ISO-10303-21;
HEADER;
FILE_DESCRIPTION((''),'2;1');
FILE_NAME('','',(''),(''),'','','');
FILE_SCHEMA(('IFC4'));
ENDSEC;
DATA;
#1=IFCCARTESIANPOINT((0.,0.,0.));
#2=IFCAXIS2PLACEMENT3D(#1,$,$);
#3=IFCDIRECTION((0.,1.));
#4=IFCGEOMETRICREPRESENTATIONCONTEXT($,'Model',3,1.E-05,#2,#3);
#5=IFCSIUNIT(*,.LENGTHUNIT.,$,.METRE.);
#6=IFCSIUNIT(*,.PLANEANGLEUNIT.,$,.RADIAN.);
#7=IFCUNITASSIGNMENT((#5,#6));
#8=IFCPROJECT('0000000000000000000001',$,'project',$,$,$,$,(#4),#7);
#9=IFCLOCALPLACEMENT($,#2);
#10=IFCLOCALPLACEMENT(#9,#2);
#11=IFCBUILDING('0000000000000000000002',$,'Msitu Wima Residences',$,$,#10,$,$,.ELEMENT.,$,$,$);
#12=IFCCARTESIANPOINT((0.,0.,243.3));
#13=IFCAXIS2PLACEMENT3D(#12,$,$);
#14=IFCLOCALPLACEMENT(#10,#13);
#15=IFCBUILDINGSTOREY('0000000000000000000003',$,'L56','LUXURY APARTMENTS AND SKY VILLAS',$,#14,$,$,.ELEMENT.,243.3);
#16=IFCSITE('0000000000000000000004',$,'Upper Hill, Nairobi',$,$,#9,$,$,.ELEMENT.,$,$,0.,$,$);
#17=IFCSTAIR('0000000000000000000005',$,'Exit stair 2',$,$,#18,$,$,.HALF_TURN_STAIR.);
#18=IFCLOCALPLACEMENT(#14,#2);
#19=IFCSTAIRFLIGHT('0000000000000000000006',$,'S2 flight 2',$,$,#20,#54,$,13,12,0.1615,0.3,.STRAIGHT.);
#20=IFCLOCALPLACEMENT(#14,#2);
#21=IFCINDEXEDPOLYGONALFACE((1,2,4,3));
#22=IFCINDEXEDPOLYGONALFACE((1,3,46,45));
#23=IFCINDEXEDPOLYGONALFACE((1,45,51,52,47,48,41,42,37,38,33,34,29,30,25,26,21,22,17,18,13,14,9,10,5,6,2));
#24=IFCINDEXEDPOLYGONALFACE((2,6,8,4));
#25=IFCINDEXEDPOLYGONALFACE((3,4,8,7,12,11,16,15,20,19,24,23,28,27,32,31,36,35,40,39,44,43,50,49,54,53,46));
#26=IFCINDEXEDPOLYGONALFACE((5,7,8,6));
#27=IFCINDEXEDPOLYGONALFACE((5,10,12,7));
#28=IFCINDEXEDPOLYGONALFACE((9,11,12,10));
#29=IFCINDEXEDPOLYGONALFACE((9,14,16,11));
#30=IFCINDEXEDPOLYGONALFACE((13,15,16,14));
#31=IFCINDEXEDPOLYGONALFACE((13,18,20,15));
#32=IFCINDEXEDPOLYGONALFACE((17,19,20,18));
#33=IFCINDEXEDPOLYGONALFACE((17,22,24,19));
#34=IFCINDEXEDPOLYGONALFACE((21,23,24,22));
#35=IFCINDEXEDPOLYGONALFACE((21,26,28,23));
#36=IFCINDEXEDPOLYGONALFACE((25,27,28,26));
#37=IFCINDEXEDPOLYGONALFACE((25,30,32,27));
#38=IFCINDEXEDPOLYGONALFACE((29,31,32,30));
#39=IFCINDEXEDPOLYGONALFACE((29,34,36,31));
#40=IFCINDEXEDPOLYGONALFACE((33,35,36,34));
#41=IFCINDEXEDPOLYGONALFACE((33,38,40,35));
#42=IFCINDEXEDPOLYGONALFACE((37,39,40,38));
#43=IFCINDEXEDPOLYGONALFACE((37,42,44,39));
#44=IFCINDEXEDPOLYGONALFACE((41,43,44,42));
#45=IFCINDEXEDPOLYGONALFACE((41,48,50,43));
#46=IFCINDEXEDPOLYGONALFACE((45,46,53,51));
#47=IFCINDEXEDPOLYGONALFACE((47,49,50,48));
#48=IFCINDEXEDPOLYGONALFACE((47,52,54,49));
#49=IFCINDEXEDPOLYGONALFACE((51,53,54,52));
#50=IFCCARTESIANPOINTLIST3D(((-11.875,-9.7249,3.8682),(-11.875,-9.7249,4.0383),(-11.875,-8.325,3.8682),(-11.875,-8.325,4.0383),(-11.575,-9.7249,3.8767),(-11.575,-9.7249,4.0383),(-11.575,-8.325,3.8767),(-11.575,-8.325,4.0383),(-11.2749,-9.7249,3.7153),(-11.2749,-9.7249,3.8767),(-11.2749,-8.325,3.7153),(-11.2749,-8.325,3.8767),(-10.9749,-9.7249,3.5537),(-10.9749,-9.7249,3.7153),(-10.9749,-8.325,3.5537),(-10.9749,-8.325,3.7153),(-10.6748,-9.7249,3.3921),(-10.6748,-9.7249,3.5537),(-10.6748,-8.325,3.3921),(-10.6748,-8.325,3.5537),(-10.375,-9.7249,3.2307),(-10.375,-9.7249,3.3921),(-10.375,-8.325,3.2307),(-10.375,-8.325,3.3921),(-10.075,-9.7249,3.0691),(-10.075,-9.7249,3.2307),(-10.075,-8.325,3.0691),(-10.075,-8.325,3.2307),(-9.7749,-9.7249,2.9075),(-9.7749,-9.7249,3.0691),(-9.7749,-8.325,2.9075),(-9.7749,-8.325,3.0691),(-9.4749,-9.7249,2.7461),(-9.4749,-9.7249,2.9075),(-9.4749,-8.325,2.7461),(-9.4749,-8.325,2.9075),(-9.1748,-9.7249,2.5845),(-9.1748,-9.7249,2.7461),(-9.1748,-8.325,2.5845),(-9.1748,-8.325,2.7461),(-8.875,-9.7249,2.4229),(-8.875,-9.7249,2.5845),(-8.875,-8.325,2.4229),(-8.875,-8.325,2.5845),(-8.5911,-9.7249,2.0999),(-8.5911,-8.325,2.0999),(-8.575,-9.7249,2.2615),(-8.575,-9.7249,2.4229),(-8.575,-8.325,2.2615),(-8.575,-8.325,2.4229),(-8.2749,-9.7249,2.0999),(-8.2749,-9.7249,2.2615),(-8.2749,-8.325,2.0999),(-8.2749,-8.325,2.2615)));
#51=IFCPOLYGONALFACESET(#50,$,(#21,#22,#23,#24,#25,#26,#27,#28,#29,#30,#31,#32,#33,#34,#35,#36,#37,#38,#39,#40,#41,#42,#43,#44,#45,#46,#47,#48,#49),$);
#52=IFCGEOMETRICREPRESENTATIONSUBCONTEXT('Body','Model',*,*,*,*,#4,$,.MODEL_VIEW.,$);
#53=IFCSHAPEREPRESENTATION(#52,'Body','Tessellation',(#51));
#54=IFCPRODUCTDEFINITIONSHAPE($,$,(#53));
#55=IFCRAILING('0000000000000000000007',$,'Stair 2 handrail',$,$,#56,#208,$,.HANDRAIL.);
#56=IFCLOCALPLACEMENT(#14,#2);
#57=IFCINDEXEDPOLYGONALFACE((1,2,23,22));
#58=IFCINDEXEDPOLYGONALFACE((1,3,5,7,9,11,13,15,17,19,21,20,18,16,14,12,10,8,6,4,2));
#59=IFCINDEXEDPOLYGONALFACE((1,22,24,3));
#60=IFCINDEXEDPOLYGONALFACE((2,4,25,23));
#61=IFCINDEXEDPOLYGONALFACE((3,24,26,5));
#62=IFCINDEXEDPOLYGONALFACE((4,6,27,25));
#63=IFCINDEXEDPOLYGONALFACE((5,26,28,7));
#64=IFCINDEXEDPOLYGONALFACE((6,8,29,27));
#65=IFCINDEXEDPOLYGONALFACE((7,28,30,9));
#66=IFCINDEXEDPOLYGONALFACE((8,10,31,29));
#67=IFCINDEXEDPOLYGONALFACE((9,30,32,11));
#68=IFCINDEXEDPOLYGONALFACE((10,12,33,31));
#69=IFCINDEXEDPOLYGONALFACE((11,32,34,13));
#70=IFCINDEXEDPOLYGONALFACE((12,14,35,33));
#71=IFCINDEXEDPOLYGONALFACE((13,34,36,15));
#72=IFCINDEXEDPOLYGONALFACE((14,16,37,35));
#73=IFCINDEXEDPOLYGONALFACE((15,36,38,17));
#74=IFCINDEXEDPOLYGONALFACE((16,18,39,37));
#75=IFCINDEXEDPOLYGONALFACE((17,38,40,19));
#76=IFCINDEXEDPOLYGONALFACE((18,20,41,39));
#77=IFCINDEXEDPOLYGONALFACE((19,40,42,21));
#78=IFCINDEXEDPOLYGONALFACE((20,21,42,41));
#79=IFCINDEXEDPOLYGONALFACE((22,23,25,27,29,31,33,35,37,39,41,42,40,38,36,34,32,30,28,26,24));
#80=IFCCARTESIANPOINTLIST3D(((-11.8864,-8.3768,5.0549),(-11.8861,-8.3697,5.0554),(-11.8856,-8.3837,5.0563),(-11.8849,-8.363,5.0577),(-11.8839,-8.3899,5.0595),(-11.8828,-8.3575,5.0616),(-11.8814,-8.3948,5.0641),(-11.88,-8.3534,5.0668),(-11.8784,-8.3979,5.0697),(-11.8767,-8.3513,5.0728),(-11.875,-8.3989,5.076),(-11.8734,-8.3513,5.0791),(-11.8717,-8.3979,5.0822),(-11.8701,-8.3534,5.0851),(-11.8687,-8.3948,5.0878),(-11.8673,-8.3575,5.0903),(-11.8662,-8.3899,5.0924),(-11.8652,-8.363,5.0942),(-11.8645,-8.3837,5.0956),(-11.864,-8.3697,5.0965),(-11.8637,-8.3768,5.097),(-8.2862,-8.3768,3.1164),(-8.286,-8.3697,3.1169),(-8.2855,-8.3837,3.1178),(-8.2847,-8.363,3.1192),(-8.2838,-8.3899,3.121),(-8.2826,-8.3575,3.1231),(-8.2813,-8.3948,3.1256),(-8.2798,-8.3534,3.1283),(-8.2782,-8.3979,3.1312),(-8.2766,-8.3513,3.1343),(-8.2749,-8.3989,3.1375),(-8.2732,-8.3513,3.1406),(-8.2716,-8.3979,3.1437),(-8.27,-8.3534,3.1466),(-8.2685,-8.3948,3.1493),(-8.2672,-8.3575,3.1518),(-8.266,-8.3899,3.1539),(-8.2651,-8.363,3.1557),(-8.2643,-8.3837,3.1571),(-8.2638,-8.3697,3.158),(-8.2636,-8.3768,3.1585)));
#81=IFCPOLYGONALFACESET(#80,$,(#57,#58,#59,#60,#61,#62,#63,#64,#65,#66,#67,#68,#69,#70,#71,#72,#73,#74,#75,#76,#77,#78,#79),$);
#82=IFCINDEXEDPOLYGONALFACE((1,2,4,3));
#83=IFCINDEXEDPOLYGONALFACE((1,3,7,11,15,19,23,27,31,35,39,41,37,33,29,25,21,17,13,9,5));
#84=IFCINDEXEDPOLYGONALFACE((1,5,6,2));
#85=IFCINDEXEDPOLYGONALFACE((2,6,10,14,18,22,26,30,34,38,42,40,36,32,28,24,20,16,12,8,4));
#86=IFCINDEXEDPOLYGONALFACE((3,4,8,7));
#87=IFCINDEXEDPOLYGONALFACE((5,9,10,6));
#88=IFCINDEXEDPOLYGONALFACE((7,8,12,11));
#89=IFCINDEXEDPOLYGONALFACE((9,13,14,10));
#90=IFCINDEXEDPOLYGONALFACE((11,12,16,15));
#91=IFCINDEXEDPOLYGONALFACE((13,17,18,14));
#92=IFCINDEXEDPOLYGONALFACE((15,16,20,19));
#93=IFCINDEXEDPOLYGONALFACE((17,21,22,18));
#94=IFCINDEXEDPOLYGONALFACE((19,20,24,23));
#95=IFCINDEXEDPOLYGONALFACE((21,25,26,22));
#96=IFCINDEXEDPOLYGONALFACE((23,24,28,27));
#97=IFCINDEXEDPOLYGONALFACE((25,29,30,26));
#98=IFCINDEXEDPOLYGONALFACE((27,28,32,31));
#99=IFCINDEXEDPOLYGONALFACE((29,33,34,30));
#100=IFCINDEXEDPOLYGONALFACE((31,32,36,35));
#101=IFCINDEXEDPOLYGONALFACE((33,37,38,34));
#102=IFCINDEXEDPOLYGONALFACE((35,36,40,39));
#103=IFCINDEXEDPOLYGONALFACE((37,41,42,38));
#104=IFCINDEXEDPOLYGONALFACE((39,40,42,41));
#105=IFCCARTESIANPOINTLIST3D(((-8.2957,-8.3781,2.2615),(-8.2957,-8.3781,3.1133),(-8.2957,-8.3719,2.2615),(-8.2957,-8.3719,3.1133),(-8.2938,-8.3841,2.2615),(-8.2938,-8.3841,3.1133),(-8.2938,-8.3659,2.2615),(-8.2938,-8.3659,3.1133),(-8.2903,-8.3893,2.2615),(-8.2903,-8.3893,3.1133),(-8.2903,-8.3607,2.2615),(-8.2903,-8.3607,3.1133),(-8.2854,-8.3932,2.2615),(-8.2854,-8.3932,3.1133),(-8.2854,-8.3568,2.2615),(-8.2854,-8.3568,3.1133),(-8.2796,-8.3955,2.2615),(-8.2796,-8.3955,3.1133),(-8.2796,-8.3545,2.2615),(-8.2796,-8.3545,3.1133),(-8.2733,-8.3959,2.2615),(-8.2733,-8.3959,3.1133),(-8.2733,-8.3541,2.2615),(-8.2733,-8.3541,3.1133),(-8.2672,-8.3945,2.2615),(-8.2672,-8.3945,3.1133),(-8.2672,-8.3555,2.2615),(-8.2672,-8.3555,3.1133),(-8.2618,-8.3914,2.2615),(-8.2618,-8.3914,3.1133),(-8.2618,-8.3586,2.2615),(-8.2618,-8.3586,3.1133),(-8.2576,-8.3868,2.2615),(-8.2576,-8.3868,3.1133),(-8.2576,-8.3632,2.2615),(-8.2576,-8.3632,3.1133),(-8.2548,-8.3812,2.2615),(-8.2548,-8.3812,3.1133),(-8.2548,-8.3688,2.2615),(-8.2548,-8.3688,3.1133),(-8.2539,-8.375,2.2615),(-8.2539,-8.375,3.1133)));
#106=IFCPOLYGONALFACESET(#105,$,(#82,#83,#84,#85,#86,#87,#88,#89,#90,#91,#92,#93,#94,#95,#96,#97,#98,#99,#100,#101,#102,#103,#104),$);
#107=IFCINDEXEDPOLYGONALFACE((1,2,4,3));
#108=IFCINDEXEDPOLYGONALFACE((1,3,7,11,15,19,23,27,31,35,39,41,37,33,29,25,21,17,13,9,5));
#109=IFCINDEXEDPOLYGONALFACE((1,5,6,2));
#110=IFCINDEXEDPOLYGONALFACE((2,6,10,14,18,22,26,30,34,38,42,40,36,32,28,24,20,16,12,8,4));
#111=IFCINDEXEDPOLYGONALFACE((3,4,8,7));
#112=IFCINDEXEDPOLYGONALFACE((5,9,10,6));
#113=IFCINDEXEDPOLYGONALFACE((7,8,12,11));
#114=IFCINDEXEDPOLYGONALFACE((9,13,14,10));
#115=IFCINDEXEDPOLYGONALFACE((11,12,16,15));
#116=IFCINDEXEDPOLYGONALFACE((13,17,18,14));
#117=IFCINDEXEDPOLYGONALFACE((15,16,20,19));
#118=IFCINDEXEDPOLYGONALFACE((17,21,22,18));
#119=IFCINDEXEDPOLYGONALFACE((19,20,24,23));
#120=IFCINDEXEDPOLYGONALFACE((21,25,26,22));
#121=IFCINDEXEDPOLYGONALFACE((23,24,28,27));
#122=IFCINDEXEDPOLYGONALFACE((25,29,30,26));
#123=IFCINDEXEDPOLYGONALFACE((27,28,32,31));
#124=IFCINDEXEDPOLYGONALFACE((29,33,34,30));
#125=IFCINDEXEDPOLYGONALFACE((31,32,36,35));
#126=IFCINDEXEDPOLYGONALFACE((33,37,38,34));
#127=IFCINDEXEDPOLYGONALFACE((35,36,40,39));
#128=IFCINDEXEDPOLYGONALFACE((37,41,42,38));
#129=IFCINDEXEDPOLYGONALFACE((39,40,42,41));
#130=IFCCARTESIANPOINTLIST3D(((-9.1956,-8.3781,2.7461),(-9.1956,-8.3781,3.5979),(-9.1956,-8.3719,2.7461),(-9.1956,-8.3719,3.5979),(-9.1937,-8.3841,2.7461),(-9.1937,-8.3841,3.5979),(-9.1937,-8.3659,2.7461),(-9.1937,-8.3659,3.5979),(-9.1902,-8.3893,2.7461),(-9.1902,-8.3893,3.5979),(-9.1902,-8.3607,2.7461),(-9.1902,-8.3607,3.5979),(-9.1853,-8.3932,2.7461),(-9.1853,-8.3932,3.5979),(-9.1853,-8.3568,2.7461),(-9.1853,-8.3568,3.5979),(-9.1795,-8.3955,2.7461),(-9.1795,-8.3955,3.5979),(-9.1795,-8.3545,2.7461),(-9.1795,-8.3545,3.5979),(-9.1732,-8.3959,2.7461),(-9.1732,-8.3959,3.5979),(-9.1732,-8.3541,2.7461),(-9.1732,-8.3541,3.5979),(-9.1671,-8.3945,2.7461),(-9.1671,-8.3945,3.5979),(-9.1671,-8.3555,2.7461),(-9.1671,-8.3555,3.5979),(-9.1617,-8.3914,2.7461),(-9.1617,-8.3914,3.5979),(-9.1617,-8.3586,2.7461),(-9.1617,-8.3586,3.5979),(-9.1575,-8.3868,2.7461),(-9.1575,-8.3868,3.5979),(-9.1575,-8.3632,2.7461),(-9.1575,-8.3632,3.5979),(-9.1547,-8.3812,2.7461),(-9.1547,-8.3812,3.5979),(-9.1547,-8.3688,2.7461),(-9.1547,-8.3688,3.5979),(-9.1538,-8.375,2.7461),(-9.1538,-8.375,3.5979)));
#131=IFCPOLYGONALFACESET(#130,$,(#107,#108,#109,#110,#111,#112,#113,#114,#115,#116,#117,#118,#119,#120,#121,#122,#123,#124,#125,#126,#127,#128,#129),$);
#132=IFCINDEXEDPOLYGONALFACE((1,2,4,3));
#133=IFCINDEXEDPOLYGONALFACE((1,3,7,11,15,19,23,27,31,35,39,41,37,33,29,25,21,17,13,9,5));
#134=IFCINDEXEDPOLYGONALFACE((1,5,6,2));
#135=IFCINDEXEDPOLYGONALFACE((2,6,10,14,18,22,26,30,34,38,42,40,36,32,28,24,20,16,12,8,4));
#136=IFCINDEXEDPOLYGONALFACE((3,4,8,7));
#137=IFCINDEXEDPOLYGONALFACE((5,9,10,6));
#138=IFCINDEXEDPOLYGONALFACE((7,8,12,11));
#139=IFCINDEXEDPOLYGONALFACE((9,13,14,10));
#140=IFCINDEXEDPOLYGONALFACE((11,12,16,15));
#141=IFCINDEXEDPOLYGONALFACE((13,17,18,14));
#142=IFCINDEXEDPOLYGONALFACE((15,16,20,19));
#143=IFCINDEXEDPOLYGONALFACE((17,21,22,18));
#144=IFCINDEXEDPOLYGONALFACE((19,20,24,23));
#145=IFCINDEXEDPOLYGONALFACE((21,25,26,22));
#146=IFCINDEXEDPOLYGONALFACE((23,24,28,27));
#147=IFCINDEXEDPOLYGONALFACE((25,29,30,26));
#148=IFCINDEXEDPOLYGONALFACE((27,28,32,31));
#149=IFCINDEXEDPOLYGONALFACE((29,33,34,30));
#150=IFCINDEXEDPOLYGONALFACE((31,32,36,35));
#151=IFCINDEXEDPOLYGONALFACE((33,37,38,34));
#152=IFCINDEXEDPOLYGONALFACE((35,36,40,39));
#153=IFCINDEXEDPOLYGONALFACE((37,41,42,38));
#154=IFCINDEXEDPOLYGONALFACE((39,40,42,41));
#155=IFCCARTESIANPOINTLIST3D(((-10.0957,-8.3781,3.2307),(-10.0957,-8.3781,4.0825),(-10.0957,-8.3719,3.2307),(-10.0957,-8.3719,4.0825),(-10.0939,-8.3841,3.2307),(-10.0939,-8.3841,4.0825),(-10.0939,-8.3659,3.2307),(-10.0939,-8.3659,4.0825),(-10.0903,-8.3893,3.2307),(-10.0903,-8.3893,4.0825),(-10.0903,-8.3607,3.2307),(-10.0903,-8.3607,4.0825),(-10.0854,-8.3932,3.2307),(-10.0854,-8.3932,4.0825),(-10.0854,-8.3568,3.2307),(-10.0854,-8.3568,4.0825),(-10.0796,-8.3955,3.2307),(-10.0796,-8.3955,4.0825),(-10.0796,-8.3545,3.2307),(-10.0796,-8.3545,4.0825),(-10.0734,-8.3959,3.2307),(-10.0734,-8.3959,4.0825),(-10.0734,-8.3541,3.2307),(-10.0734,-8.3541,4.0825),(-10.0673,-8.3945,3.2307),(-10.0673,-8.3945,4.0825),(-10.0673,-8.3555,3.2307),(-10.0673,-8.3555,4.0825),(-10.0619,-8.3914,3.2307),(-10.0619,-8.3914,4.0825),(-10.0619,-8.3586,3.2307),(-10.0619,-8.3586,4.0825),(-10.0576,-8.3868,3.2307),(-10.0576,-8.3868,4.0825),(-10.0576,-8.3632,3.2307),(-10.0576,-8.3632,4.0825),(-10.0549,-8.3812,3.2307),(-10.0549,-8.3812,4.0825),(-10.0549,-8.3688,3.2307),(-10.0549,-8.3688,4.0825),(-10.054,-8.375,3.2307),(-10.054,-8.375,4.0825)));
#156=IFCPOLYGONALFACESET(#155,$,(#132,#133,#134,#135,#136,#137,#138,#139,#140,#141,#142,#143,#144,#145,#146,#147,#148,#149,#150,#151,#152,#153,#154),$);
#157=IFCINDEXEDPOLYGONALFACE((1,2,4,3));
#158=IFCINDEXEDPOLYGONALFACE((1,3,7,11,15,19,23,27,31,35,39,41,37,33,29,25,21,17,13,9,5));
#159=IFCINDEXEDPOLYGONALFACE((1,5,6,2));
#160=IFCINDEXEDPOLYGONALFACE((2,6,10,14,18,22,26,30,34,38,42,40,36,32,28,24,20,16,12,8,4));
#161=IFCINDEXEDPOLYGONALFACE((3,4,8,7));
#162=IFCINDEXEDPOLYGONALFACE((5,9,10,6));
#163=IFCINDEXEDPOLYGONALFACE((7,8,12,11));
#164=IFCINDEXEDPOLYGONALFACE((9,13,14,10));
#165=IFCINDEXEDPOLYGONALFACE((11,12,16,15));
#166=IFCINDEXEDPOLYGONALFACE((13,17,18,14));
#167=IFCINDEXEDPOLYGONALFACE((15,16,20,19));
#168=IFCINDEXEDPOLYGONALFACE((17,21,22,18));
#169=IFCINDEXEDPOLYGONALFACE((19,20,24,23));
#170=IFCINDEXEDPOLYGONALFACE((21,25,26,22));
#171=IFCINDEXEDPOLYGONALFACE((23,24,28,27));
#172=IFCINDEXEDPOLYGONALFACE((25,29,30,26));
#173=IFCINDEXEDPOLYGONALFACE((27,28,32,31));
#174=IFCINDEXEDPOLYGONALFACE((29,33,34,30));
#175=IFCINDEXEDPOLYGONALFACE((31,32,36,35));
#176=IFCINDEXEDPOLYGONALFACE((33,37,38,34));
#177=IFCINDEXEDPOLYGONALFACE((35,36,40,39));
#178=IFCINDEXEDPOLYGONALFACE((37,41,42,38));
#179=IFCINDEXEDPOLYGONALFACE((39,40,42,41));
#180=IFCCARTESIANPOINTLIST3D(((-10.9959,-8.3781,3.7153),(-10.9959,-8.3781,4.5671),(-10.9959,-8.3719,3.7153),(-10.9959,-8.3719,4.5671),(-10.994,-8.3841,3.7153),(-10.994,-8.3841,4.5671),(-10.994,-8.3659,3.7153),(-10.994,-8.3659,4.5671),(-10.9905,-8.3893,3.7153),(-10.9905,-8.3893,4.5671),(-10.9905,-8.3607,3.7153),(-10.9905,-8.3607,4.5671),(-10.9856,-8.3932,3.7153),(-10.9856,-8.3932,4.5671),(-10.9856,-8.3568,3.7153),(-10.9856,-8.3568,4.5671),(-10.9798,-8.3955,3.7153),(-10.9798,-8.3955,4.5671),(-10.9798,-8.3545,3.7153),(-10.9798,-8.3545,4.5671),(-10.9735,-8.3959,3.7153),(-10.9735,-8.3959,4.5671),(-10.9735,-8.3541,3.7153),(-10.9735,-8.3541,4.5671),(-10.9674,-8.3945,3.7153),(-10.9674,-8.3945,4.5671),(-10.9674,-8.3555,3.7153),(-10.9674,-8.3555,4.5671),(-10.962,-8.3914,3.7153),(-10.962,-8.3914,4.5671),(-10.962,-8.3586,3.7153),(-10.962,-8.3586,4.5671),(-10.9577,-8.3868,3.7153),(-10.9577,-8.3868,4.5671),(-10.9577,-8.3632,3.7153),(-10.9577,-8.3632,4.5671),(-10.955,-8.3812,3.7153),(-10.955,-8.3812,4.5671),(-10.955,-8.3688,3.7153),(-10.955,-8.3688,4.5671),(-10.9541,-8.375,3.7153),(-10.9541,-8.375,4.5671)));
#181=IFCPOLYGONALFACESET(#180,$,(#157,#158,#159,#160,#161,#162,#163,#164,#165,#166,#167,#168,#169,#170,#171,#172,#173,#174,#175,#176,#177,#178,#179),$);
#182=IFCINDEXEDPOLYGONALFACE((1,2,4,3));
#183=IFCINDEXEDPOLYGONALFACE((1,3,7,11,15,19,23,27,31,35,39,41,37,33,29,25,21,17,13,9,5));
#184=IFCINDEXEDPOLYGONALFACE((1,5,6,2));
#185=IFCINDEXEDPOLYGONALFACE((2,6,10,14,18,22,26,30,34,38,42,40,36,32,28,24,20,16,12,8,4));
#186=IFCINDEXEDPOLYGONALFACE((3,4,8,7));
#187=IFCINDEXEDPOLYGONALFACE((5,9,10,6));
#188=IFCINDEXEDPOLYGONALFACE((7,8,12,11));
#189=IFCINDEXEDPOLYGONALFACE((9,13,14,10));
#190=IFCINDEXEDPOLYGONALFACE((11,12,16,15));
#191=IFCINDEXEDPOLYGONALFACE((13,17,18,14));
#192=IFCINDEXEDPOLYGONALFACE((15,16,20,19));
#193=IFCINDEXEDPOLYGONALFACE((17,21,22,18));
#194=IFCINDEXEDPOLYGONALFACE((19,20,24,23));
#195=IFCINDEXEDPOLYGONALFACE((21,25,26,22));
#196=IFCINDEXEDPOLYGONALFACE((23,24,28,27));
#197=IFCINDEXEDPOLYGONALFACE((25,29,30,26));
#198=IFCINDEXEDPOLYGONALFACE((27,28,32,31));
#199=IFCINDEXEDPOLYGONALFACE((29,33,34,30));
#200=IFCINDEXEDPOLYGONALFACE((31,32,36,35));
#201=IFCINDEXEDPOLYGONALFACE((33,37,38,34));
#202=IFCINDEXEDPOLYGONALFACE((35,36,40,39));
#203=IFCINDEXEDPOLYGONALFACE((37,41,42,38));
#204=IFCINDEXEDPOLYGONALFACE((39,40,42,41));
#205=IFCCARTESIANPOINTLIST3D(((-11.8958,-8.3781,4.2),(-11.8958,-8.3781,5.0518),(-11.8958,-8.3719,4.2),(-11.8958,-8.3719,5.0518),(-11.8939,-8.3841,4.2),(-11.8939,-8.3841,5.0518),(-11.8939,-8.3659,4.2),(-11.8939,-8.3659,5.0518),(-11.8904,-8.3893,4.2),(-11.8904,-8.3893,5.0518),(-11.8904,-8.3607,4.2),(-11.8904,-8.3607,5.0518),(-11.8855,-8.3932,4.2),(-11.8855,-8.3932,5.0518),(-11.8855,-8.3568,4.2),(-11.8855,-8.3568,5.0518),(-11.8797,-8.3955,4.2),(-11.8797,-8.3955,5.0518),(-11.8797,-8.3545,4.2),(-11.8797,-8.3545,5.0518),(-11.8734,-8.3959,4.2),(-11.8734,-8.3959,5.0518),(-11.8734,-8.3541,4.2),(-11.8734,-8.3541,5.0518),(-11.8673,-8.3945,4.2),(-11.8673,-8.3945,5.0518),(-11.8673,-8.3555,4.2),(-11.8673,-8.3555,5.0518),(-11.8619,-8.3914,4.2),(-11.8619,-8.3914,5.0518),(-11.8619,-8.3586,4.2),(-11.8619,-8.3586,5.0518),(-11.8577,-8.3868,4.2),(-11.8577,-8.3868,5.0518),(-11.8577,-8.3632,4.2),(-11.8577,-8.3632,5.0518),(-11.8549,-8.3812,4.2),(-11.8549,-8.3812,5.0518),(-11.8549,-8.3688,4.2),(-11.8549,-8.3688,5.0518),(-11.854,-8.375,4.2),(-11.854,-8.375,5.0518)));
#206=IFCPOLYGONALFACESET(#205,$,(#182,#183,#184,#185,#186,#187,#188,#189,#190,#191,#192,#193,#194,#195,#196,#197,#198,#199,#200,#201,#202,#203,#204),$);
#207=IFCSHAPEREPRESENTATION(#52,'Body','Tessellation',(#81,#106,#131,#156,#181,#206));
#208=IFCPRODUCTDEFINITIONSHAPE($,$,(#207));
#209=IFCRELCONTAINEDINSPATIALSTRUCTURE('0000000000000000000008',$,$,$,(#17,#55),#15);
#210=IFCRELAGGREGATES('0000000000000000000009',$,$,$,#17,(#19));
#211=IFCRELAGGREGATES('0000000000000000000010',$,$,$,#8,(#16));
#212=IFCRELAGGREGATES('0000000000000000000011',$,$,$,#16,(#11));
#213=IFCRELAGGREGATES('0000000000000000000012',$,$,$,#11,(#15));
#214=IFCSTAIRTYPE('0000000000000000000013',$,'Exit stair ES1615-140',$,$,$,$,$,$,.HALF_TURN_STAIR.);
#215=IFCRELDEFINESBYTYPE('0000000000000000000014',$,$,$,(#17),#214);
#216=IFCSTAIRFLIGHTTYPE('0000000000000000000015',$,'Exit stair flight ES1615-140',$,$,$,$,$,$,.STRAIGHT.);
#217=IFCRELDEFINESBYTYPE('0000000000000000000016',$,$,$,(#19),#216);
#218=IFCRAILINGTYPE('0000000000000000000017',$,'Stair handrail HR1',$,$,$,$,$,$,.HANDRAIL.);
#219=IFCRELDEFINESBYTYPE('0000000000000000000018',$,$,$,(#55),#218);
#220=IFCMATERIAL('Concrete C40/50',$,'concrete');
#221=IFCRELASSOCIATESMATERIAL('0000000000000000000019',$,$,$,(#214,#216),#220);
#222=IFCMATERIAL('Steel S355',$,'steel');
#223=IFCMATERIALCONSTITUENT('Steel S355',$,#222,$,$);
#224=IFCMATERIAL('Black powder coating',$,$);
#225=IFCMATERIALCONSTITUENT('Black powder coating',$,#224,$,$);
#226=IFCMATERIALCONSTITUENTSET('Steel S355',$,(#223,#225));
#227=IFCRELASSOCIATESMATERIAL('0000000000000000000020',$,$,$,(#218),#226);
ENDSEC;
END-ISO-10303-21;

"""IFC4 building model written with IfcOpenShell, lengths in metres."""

from ifc_helpers import new_model, si_unit, direction, frame, origin, origin_2d, place, context, subcontext, project, spatial, polyline, circle, outline, extrude, material, constituent, constituent_set, type_object, element, aggregate, save


model = new_model("IFC4")

# Units and contexts
model_context = context("Model", 3, precision=1e-05, world=origin(), true_north=direction((0.0, 1.0)))
body_context = subcontext(model_context, "Body", "Model", "MODEL_VIEW")
ifc_project = project(units=[si_unit("LENGTHUNIT", "METRE"), si_unit("PLANEANGLEUNIT", "RADIAN")], contexts=[model_context])

# Site, building, storey
site_placement = place(None, origin())
site = spatial("IfcSite", under=ifc_project, at=site_placement, Name="Upper Hill, Nairobi", CompositionType="ELEMENT", RefElevation=0.0)
building_placement = place(site_placement, origin())
building = spatial("IfcBuilding", under=site, at=building_placement, Name="Msitu Wima Residences", CompositionType="ELEMENT")
storey_placement = place(building_placement, frame((0.0, 0.0, 243.3)))
storey = spatial("IfcBuildingStorey", under=building, at=storey_placement, Name="L56", Description="LUXURY APARTMENTS AND SKY VILLAS", CompositionType="ELEMENT", Elevation=243.3)

# Shared definitions
ifc_material_1 = material(Name="Concrete C40/50", Category="concrete")

# Stair, stair flight
stair_type = type_object("IfcStairType", Name="Exit stair ES1615-140", PredefinedType="HALF_TURN_STAIR", material=ifc_material_1)
stair_placement = place(storey_placement, origin())
stair = element("IfcStair", 1, at=stair_placement, inside=storey, type_object=stair_type, Name="Exit stair 2", PredefinedType="HALF_TURN_STAIR")
stair_flight_type = type_object("IfcStairFlightType", Name="Exit stair flight ES1615-140", PredefinedType="STRAIGHT", material=ifc_material_1)
stair_flight_placement = place(storey_placement, frame((-8.2749, -9.0249, 2.0999), z_axis=(0.0, 0.0, 1.0), x_axis=(-1.0, 0.0, 0.0)))
stair_flight = element("IfcStairFlight", 2, at=stair_flight_placement, type_object=stair_flight_type, Name="S2 flight 2", NumberOfRisers=13, NumberOfTreads=12, PredefinedType="STRAIGHT", RiserHeight=0.1615, TreadLength=0.3, context=body_context, shape_type="SweptSolid", body=[
    extrude(outline(polyline([(0.0, 0.0), (0.0, 0.1616), (0.3, 0.1616), (0.3, 0.323), (0.6001, 0.323), (0.6001, 0.4846), (0.8999, 0.4846), (0.8999, 0.6462), (1.2, 0.6462), (1.2, 0.8076), (1.5, 0.8076), (1.5, 0.9692), (1.8, 0.9692), (1.8, 1.1309), (2.1001, 1.1309), (2.1001, 1.2922), (2.3999, 1.2922), (2.3999, 1.4539), (2.7, 1.4539), (2.7, 1.6155), (3.0, 1.6155), (3.0, 1.7769), (3.3, 1.7769), (3.3, 1.9385), (3.6001, 1.9385), (3.6001, 2.1001), (3.6001, 1.7683), (0.3162, 0.0), (0.0, 0.0)])), frame((0.0, 0.7, 0.0), z_axis=(0.0, -1.0, 0.0), x_axis=(1.0, 0.0, 0.0)), (0.0, 0.0, 1.0), 1.3999),
])
aggregate(stair, [stair_flight])

# Railing
ifc_material_2 = material(Name="Steel S355", Category="steel")
ifc_constituent_1 = constituent(ifc_material_2, Name="Steel S355")
ifc_material_3 = material(Name="Black powder coating")
ifc_constituent_2 = constituent(ifc_material_3, Name="Black powder coating")
ifc_constituent_set = constituent_set(constituents=[ifc_constituent_1, ifc_constituent_2], Name="Steel S355")
railing_type = type_object("IfcRailingType", Name="Stair handrail HR1", PredefinedType="HANDRAIL", material=ifc_constituent_set)
railing_placement = place(storey_placement, frame((-8.2749, -8.375, 2.2615)))
element("IfcRailing", 3, at=railing_placement, inside=storey, type_object=railing_type, Name="Stair 2 handrail", PredefinedType="HANDRAIL", context=body_context, shape_type="SweptSolid", body=[
    extrude(circle(Radius=0.0239, at=origin_2d()), frame((0.0, 0.0, 0.876), z_axis=(-0.880475, 0.0, 0.474093), x_axis=(0.0, -1.0, 0.0)), (0.0, 0.0, 1.0), 4.0889),
    extrude(circle(Radius=0.021, at=origin_2d()), origin(), (0.0, 0.0, 1.0), 0.8518),
    extrude(circle(Radius=0.021, at=origin_2d()), frame((-0.8999, 0.0, 0.4846)), (0.0, 0.0, 1.0), 0.8518),
    extrude(circle(Radius=0.021, at=origin_2d()), frame((-1.8, 0.0, 0.9692)), (0.0, 0.0, 1.0), 0.8518),
    extrude(circle(Radius=0.021, at=origin_2d()), frame((-2.7002, 0.0, 1.4539)), (0.0, 0.0, 1.0), 0.8518),
    extrude(circle(Radius=0.021, at=origin_2d()), frame((-3.6001, 0.0, 1.9385)), (0.0, 0.0, 1.0), 0.8518),
])

save(model, "model.ifc")
